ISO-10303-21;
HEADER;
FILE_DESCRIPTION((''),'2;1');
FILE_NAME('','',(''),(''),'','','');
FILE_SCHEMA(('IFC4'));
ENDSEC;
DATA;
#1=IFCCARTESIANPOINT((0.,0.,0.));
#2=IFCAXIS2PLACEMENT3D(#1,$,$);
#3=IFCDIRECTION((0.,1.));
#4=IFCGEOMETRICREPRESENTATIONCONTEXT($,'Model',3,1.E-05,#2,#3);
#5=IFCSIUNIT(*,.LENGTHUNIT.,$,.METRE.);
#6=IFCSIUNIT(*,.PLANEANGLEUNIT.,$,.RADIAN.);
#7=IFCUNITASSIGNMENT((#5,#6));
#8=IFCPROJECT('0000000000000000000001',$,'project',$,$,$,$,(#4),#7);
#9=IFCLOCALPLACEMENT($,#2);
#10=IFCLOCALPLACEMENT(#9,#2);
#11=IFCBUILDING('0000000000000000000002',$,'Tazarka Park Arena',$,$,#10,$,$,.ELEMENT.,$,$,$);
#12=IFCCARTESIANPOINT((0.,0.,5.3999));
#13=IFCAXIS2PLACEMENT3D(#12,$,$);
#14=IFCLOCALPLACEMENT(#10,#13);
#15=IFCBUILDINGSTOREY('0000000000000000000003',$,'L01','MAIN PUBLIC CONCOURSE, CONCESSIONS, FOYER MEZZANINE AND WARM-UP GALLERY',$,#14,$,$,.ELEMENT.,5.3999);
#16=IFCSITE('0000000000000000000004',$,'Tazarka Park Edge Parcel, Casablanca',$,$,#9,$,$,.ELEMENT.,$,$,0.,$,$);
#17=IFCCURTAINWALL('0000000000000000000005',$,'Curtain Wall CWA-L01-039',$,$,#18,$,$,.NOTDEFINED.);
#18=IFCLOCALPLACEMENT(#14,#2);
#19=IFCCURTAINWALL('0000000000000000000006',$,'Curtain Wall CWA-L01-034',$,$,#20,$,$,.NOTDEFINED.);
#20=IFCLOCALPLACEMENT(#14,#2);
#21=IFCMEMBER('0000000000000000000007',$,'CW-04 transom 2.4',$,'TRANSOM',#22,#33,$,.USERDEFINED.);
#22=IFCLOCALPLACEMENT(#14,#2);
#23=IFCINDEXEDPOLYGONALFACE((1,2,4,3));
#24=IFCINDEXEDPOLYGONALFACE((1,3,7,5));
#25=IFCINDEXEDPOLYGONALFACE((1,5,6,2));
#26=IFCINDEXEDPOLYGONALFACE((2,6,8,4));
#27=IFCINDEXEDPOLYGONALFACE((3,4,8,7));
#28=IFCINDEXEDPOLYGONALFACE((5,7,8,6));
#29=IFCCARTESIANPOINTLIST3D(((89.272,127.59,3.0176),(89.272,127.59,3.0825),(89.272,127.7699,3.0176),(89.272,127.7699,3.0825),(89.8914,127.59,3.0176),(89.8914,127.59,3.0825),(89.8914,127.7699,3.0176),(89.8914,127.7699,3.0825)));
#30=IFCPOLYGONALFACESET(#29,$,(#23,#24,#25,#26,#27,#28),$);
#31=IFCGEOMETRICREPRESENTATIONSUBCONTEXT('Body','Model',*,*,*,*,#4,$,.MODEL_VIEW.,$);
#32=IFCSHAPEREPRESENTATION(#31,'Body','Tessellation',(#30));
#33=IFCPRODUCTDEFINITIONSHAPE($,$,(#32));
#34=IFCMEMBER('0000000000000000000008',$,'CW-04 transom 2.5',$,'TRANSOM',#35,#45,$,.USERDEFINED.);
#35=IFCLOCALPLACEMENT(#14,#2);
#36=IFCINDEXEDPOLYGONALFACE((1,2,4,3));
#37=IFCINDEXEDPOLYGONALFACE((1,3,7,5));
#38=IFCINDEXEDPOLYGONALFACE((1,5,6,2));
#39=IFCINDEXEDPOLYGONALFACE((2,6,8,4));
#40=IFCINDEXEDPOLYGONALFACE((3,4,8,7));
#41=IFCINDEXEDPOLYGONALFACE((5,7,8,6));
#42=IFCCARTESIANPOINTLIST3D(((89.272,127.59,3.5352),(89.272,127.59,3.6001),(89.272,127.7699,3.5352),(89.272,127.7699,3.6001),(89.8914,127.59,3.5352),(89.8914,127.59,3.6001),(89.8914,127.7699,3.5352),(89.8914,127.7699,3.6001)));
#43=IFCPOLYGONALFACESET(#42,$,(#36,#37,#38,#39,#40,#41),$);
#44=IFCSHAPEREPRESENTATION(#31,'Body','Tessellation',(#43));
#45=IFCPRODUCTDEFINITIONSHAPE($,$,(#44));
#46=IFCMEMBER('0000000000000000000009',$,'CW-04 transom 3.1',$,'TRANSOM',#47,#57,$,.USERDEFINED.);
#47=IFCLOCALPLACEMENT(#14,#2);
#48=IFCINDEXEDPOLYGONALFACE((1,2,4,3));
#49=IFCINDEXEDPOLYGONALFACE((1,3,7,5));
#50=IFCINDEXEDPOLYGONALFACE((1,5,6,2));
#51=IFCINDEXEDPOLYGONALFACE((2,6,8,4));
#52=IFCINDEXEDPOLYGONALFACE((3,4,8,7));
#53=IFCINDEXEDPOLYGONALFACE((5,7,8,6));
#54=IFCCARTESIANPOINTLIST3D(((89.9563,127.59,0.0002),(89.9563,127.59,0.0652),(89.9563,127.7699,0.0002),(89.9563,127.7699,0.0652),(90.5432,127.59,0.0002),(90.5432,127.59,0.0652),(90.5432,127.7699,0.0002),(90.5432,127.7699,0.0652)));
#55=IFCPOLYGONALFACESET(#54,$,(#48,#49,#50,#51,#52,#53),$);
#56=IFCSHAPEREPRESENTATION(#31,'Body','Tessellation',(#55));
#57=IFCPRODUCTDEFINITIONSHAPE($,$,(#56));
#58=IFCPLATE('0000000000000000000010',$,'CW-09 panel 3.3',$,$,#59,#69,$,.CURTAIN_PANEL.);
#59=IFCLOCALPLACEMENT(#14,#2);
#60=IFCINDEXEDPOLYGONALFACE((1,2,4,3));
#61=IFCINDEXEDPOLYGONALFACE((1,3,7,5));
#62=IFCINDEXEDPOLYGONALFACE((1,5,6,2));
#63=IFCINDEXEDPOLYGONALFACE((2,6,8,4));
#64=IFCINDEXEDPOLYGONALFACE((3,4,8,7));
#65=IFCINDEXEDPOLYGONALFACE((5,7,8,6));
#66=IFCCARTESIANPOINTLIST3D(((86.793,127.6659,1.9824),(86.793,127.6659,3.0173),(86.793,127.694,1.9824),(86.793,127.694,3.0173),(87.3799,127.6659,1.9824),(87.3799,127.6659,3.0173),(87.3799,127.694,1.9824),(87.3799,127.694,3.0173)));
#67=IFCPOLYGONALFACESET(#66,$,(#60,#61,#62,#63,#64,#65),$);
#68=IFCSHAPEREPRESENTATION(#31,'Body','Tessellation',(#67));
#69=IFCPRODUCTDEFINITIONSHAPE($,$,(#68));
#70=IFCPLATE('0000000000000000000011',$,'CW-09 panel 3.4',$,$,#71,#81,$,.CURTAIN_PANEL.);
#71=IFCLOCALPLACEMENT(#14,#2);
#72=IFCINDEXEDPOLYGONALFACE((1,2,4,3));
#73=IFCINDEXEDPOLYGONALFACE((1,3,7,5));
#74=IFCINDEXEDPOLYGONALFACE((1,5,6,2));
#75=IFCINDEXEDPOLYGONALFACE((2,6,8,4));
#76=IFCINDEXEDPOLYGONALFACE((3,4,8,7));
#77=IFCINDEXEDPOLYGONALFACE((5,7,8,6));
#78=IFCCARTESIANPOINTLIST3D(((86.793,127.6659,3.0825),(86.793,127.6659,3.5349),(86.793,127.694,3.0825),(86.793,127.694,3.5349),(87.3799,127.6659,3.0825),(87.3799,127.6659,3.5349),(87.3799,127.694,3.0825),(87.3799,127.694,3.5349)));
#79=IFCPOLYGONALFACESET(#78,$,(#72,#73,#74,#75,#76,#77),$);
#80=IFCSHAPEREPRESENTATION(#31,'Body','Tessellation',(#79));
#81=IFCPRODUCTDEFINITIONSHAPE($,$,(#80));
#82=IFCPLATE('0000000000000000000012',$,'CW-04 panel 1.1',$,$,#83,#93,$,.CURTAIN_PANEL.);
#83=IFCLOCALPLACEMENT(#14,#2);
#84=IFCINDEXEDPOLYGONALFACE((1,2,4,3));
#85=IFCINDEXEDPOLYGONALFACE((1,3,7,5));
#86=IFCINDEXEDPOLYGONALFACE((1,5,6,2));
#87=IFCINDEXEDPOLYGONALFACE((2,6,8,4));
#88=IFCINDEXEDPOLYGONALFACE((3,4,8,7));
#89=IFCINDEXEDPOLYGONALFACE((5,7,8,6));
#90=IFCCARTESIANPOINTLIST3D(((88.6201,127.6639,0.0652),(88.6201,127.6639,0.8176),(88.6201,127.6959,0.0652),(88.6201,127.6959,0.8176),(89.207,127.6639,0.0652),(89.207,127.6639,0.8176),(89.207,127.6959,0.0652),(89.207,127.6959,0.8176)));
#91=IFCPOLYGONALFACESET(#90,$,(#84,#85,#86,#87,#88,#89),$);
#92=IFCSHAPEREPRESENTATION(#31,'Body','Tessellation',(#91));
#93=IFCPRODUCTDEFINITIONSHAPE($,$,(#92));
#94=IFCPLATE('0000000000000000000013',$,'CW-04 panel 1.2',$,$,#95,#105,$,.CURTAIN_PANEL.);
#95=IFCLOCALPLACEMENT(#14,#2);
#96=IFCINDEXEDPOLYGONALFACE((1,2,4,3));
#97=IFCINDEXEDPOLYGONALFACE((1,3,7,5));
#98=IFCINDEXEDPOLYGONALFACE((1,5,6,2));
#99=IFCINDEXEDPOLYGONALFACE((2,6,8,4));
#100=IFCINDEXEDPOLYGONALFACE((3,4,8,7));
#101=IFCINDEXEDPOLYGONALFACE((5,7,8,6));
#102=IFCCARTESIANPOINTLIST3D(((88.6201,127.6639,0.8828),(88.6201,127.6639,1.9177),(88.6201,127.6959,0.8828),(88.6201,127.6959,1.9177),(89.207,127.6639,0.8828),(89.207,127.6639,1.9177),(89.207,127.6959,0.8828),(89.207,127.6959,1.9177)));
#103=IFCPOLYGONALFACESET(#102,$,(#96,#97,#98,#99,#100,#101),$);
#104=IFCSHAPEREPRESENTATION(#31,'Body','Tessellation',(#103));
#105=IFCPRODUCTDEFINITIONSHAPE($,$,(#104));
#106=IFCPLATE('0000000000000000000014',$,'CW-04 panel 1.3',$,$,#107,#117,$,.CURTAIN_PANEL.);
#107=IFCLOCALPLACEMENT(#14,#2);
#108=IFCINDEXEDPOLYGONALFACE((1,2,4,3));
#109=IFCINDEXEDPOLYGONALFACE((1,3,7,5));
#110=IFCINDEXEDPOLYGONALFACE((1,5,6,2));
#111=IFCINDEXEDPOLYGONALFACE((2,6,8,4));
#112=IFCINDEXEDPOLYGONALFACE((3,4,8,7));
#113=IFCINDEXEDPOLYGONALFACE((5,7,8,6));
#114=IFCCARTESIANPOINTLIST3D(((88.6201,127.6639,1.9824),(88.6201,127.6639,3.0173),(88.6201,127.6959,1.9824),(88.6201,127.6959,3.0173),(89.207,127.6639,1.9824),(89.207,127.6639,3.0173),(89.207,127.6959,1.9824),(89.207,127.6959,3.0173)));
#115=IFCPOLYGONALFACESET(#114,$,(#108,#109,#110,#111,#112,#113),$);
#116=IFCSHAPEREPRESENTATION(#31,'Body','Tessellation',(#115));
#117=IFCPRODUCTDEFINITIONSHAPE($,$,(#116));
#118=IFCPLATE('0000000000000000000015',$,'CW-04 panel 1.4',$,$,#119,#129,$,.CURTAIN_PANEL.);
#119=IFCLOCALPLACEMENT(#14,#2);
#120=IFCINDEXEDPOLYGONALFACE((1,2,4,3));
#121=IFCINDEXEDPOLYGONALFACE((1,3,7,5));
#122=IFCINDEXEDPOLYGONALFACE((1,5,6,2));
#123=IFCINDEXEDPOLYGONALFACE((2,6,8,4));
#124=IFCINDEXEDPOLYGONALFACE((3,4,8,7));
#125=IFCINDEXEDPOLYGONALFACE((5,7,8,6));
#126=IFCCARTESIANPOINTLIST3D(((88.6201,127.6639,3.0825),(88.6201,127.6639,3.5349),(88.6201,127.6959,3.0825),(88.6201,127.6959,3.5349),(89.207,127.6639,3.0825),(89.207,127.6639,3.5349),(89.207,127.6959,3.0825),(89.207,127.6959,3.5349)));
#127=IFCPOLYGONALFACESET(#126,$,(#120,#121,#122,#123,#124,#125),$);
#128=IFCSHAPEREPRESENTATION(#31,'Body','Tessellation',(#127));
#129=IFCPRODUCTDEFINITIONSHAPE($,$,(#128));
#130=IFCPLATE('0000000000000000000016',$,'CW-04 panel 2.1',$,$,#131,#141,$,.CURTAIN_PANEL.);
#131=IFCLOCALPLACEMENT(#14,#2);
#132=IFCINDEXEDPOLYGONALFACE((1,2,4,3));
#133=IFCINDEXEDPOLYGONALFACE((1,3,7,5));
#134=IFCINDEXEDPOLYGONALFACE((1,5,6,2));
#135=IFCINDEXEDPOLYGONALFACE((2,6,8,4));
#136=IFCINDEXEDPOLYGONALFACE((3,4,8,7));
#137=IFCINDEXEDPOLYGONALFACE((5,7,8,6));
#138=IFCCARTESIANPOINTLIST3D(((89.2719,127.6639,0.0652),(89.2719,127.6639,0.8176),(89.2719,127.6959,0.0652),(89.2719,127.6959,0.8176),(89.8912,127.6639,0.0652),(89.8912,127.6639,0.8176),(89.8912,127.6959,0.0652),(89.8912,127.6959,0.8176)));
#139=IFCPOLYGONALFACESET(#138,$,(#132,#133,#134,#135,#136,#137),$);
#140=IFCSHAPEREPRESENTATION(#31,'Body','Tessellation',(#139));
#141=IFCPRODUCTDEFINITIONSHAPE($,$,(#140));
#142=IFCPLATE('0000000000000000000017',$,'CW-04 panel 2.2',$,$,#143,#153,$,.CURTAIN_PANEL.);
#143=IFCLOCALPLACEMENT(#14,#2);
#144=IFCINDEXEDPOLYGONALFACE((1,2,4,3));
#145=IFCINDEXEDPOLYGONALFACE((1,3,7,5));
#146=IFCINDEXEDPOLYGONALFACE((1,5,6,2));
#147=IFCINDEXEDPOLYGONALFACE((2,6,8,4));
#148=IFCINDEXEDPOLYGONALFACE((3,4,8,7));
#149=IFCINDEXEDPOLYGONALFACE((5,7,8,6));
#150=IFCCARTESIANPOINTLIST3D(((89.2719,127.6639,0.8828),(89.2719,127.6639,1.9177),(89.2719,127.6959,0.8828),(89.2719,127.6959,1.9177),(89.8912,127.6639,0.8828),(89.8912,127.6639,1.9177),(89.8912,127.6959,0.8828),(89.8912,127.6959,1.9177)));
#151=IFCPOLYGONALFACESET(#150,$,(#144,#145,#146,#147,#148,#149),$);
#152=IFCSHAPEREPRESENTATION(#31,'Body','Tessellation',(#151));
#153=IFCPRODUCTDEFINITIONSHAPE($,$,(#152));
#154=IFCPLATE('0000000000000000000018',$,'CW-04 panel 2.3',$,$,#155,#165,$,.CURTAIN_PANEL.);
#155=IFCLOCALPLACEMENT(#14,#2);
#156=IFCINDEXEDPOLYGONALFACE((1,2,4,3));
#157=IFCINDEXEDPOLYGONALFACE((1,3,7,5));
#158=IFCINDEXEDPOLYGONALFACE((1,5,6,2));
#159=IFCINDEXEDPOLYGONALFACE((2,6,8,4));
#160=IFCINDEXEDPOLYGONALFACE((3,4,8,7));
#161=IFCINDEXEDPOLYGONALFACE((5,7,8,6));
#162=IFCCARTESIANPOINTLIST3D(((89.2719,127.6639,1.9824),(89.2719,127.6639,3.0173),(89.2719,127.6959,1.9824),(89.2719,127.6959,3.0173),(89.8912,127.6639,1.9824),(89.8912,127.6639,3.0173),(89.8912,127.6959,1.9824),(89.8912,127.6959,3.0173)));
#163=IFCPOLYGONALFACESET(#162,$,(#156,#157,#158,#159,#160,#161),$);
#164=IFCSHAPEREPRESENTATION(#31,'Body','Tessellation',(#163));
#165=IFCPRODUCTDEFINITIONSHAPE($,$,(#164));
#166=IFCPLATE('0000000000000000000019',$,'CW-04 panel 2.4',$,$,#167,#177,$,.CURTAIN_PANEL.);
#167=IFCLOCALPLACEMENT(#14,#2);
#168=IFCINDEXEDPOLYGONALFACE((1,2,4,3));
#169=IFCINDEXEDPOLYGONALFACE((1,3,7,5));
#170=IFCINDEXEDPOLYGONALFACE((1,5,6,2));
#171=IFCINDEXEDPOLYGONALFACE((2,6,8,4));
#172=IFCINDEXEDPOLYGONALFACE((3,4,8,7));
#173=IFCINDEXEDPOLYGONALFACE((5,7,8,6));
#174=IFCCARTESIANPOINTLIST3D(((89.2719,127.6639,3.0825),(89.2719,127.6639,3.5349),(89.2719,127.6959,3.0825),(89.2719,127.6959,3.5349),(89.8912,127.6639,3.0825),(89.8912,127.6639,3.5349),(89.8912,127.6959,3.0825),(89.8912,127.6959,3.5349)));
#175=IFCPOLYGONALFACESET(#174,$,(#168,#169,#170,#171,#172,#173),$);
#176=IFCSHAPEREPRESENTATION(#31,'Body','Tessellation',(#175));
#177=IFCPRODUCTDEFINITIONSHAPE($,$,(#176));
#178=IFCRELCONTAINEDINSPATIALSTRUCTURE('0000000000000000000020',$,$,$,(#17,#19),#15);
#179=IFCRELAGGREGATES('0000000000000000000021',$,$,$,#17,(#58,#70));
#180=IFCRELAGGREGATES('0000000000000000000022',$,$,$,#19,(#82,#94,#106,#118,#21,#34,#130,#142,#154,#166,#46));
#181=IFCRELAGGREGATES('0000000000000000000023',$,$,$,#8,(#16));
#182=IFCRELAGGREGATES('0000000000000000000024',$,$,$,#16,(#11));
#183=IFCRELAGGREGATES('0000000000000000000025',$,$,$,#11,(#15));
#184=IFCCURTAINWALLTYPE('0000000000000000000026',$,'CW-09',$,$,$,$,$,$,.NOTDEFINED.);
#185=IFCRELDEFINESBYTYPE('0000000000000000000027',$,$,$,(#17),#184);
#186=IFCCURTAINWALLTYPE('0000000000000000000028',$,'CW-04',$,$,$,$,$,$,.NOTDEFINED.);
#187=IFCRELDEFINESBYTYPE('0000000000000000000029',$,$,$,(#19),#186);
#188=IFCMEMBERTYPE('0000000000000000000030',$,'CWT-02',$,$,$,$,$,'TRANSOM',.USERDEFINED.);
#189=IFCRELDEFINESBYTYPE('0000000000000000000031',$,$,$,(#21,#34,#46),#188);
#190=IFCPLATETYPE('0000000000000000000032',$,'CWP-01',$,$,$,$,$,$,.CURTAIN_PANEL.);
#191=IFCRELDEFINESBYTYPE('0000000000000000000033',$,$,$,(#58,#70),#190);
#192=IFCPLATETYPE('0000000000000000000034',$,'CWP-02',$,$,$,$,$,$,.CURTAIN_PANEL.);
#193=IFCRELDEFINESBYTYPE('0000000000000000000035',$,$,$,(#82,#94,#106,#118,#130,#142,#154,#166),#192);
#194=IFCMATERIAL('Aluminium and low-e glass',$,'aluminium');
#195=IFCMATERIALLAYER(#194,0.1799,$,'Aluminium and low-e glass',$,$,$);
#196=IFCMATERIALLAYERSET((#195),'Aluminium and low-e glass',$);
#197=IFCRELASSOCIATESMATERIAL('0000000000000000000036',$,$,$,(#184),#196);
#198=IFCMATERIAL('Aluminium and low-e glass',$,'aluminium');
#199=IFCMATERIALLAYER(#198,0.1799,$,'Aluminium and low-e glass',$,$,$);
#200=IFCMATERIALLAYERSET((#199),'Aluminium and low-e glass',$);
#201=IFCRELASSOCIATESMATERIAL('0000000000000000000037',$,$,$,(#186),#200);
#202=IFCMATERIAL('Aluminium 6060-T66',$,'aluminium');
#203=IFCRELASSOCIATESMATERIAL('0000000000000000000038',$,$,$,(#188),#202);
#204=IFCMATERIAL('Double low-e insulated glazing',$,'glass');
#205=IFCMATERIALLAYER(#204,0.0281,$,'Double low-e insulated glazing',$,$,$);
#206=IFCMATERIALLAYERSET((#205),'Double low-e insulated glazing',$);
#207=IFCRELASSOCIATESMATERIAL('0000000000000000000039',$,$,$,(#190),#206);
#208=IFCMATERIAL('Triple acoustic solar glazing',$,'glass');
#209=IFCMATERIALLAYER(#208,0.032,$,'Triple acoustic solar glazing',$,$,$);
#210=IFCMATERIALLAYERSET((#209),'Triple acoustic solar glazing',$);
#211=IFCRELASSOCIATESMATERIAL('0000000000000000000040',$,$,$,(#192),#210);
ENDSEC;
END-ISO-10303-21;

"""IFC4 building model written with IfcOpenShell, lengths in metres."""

from ifc_helpers import new_model, si_unit, direction, frame, origin, origin_2d, place, context, subcontext, project, spatial, rectangle, extrude, material, layer, layer_set, material_profile, profile_set, type_object, element, aggregate, save


model = new_model("IFC4")

# Units and contexts
model_context = context("Model", 3, precision=1e-05, world=origin(), true_north=direction((0.0, 1.0)))
body_context = subcontext(model_context, "Body", "Model", "MODEL_VIEW")
ifc_project = project(units=[si_unit("LENGTHUNIT", "METRE"), si_unit("PLANEANGLEUNIT", "RADIAN")], contexts=[model_context])

# Site, building, storey
site_placement = place(None, origin())
site = spatial("IfcSite", under=ifc_project, at=site_placement, Name="Tazarka Park Edge Parcel, Casablanca", CompositionType="ELEMENT", RefElevation=0.0)
building_placement = place(site_placement, origin())
building = spatial("IfcBuilding", under=site, at=building_placement, Name="Tazarka Park Arena", CompositionType="ELEMENT")
storey_placement = place(building_placement, frame((0.0, 0.0, 5.3999)))
storey = spatial("IfcBuildingStorey", under=building, at=storey_placement, Name="L01", Description="MAIN PUBLIC CONCOURSE, CONCESSIONS, FOYER MEZZANINE AND WARM-UP GALLERY", CompositionType="ELEMENT", Elevation=5.3999)

# Curtain wall
ifc_material_1 = material(Name="Aluminium and low-e glass", Category="aluminium")
ifc_layer_1 = layer(ifc_material_1, 0.1799, Name="Aluminium and low-e glass")
ifc_layer_set_1 = layer_set([ifc_layer_1], Name="Aluminium and low-e glass")
curtain_wall_type_1 = type_object("IfcCurtainWallType", Name="CW-09", PredefinedType="NOTDEFINED", material=ifc_layer_set_1)
curtain_wall_1_placement = place(storey_placement, origin())
curtain_wall_1 = element("IfcCurtainWall", 1, at=curtain_wall_1_placement, inside=storey, type_object=curtain_wall_type_1, Name="Curtain Wall CWA-L01-039", PredefinedType="NOTDEFINED")

# Curtain wall, members
ifc_material_2 = material(Name="Aluminium and low-e glass", Category="aluminium")
ifc_layer_2 = layer(ifc_material_2, 0.1799, Name="Aluminium and low-e glass")
ifc_layer_set_2 = layer_set([ifc_layer_2], Name="Aluminium and low-e glass")
curtain_wall_type_2 = type_object("IfcCurtainWallType", Name="CW-04", PredefinedType="NOTDEFINED", material=ifc_layer_set_2)
curtain_wall_2_placement = place(storey_placement, origin())
curtain_wall_2 = element("IfcCurtainWall", 2, at=curtain_wall_2_placement, inside=storey, type_object=curtain_wall_type_2, Name="Curtain Wall CWA-L01-034", PredefinedType="NOTDEFINED")
ifc_material_3 = material(Name="Aluminium 6060-T66", Category="aluminium")
ifc_material_profile_1 = material_profile(ifc_material_3, rectangle(XDim=0.1799, YDim=0.0649, at=origin_2d()), Name="Aluminium 6060-T66")
ifc_profile_set_1 = profile_set([ifc_material_profile_1], Name="Aluminium 6060-T66")
member_type_1 = type_object("IfcMemberType", Name="CWT-02", ElementType="TRANSOM", PredefinedType="USERDEFINED", material=ifc_profile_set_1)
member_1_placement = place(storey_placement, frame((89.272, 127.6799, 3.05), z_axis=(1.0, 0.0, 0.0), x_axis=(0.0, 1.0, 0.0)))
member_1 = element("IfcMember", 3, at=member_1_placement, type_object=member_type_1, Name="CW-04 transom 2.4", ObjectType="TRANSOM", PredefinedType="USERDEFINED", context=body_context, shape_type="SweptSolid", body=[
    extrude(rectangle(XDim=0.1799, YDim=0.0649, at=origin_2d()), origin(), (0.0, 0.0, 1.0), 0.6194),
])
member_2_placement = place(storey_placement, frame((89.272, 127.6799, 3.5676), z_axis=(1.0, 0.0, 0.0), x_axis=(0.0, 1.0, 0.0)))
member_2 = element("IfcMember", 4, at=member_2_placement, type_object=member_type_1, Name="CW-04 transom 2.5", ObjectType="TRANSOM", PredefinedType="USERDEFINED", context=body_context, shape_type="SweptSolid", body=[
    extrude(rectangle(XDim=0.1799, YDim=0.0649, at=origin_2d()), origin(), (0.0, 0.0, 1.0), 0.6194),
])
member_3_placement = place(storey_placement, frame((89.9563, 127.6799, 0.0327), z_axis=(1.0, 0.0, 0.0), x_axis=(0.0, 1.0, 0.0)))
member_3 = element("IfcMember", 5, at=member_3_placement, type_object=member_type_1, Name="CW-04 transom 3.1", ObjectType="TRANSOM", PredefinedType="USERDEFINED", context=body_context, shape_type="SweptSolid", body=[
    extrude(rectangle(XDim=0.1799, YDim=0.0649, at=origin_2d()), origin(), (0.0, 0.0, 1.0), 0.5869),
])

# Plates
ifc_material_4 = material(Name="Double low-e insulated glazing", Category="glass")
ifc_layer_3 = layer(ifc_material_4, 0.0281, Name="Double low-e insulated glazing")
ifc_layer_set_3 = layer_set([ifc_layer_3], Name="Double low-e insulated glazing")
plate_type_1 = type_object("IfcPlateType", Name="CWP-01", PredefinedType="CURTAIN_PANEL", material=ifc_layer_set_3)
plate_1_placement = place(storey_placement, frame((87.0864, 127.6799, 1.9824), z_axis=(0.0, 0.0, 1.0), x_axis=(1.0, 0.0, 0.0)))
plate_1 = element("IfcPlate", 6, at=plate_1_placement, type_object=plate_type_1, Name="CW-09 panel 3.3", PredefinedType="CURTAIN_PANEL", context=body_context, shape_type="SweptSolid", body=[
    extrude(rectangle(XDim=0.5869, YDim=0.0281, at=origin_2d()), origin(), (0.0, 0.0, 1.0), 1.0349),
])
plate_2_placement = place(storey_placement, frame((87.0864, 127.6799, 3.0825), z_axis=(0.0, 0.0, 1.0), x_axis=(1.0, 0.0, 0.0)))
plate_2 = element("IfcPlate", 7, at=plate_2_placement, type_object=plate_type_1, Name="CW-09 panel 3.4", PredefinedType="CURTAIN_PANEL", context=body_context, shape_type="SweptSolid", body=[
    extrude(rectangle(XDim=0.5869, YDim=0.0281, at=origin_2d()), origin(), (0.0, 0.0, 1.0), 0.4524),
])
aggregate(curtain_wall_1, [plate_1, plate_2])
ifc_material_5 = material(Name="Triple acoustic solar glazing", Category="glass")
ifc_layer_4 = layer(ifc_material_5, 0.032, Name="Triple acoustic solar glazing")
ifc_layer_set_4 = layer_set([ifc_layer_4], Name="Triple acoustic solar glazing")
plate_type_2 = type_object("IfcPlateType", Name="CWP-02", PredefinedType="CURTAIN_PANEL", material=ifc_layer_set_4)
plate_3_placement = place(storey_placement, frame((88.9136, 127.6799, 0.0652), z_axis=(0.0, 0.0, 1.0), x_axis=(1.0, 0.0, 0.0)))
plate_3 = element("IfcPlate", 8, at=plate_3_placement, type_object=plate_type_2, Name="CW-04 panel 1.1", PredefinedType="CURTAIN_PANEL", context=body_context, shape_type="SweptSolid", body=[
    extrude(rectangle(XDim=0.5869, YDim=0.032, at=origin_2d()), origin(), (0.0, 0.0, 1.0), 0.7524),
])
plate_4_placement = place(storey_placement, frame((88.9136, 127.6799, 0.8828), z_axis=(0.0, 0.0, 1.0), x_axis=(1.0, 0.0, 0.0)))
plate_4 = element("IfcPlate", 9, at=plate_4_placement, type_object=plate_type_2, Name="CW-04 panel 1.2", PredefinedType="CURTAIN_PANEL", context=body_context, shape_type="SweptSolid", body=[
    extrude(rectangle(XDim=0.5869, YDim=0.032, at=origin_2d()), origin(), (0.0, 0.0, 1.0), 1.0349),
])
plate_5_placement = place(storey_placement, frame((88.9136, 127.6799, 1.9824), z_axis=(0.0, 0.0, 1.0), x_axis=(1.0, 0.0, 0.0)))
plate_5 = element("IfcPlate", 10, at=plate_5_placement, type_object=plate_type_2, Name="CW-04 panel 1.3", PredefinedType="CURTAIN_PANEL", context=body_context, shape_type="SweptSolid", body=[
    extrude(rectangle(XDim=0.5869, YDim=0.032, at=origin_2d()), origin(), (0.0, 0.0, 1.0), 1.0349),
])
plate_6_placement = place(storey_placement, frame((88.9136, 127.6799, 3.0825), z_axis=(0.0, 0.0, 1.0), x_axis=(1.0, 0.0, 0.0)))
plate_6 = element("IfcPlate", 11, at=plate_6_placement, type_object=plate_type_2, Name="CW-04 panel 1.4", PredefinedType="CURTAIN_PANEL", context=body_context, shape_type="SweptSolid", body=[
    extrude(rectangle(XDim=0.5869, YDim=0.032, at=origin_2d()), origin(), (0.0, 0.0, 1.0), 0.4524),
])
plate_7_placement = place(storey_placement, frame((89.5815, 127.6799, 0.0652), z_axis=(0.0, 0.0, 1.0), x_axis=(1.0, 0.0, 0.0)))
plate_7 = element("IfcPlate", 12, at=plate_7_placement, type_object=plate_type_2, Name="CW-04 panel 2.1", PredefinedType="CURTAIN_PANEL", context=body_context, shape_type="SweptSolid", body=[
    extrude(rectangle(XDim=0.6194, YDim=0.032, at=origin_2d()), origin(), (0.0, 0.0, 1.0), 0.7524),
])
plate_8_placement = place(storey_placement, frame((89.5815, 127.6799, 0.8828), z_axis=(0.0, 0.0, 1.0), x_axis=(1.0, 0.0, 0.0)))
plate_8 = element("IfcPlate", 13, at=plate_8_placement, type_object=plate_type_2, Name="CW-04 panel 2.2", PredefinedType="CURTAIN_PANEL", context=body_context, shape_type="SweptSolid", body=[
    extrude(rectangle(XDim=0.6194, YDim=0.032, at=origin_2d()), origin(), (0.0, 0.0, 1.0), 1.0349),
])
plate_9_placement = place(storey_placement, frame((89.5815, 127.6799, 1.9824), z_axis=(0.0, 0.0, 1.0), x_axis=(1.0, 0.0, 0.0)))
plate_9 = element("IfcPlate", 14, at=plate_9_placement, type_object=plate_type_2, Name="CW-04 panel 2.3", PredefinedType="CURTAIN_PANEL", context=body_context, shape_type="SweptSolid", body=[
    extrude(rectangle(XDim=0.6194, YDim=0.032, at=origin_2d()), origin(), (0.0, 0.0, 1.0), 1.0349),
])
plate_10_placement = place(storey_placement, frame((89.5815, 127.6799, 3.0825), z_axis=(0.0, 0.0, 1.0), x_axis=(1.0, 0.0, 0.0)))
plate_10 = element("IfcPlate", 15, at=plate_10_placement, type_object=plate_type_2, Name="CW-04 panel 2.4", PredefinedType="CURTAIN_PANEL", context=body_context, shape_type="SweptSolid", body=[
    extrude(rectangle(XDim=0.6194, YDim=0.032, at=origin_2d()), origin(), (0.0, 0.0, 1.0), 0.4524),
])
aggregate(curtain_wall_2, [plate_3, plate_4, plate_5, plate_6, member_1, member_2, plate_7, plate_8, plate_9, plate_10, member_3])

save(model, "model.ifc")
